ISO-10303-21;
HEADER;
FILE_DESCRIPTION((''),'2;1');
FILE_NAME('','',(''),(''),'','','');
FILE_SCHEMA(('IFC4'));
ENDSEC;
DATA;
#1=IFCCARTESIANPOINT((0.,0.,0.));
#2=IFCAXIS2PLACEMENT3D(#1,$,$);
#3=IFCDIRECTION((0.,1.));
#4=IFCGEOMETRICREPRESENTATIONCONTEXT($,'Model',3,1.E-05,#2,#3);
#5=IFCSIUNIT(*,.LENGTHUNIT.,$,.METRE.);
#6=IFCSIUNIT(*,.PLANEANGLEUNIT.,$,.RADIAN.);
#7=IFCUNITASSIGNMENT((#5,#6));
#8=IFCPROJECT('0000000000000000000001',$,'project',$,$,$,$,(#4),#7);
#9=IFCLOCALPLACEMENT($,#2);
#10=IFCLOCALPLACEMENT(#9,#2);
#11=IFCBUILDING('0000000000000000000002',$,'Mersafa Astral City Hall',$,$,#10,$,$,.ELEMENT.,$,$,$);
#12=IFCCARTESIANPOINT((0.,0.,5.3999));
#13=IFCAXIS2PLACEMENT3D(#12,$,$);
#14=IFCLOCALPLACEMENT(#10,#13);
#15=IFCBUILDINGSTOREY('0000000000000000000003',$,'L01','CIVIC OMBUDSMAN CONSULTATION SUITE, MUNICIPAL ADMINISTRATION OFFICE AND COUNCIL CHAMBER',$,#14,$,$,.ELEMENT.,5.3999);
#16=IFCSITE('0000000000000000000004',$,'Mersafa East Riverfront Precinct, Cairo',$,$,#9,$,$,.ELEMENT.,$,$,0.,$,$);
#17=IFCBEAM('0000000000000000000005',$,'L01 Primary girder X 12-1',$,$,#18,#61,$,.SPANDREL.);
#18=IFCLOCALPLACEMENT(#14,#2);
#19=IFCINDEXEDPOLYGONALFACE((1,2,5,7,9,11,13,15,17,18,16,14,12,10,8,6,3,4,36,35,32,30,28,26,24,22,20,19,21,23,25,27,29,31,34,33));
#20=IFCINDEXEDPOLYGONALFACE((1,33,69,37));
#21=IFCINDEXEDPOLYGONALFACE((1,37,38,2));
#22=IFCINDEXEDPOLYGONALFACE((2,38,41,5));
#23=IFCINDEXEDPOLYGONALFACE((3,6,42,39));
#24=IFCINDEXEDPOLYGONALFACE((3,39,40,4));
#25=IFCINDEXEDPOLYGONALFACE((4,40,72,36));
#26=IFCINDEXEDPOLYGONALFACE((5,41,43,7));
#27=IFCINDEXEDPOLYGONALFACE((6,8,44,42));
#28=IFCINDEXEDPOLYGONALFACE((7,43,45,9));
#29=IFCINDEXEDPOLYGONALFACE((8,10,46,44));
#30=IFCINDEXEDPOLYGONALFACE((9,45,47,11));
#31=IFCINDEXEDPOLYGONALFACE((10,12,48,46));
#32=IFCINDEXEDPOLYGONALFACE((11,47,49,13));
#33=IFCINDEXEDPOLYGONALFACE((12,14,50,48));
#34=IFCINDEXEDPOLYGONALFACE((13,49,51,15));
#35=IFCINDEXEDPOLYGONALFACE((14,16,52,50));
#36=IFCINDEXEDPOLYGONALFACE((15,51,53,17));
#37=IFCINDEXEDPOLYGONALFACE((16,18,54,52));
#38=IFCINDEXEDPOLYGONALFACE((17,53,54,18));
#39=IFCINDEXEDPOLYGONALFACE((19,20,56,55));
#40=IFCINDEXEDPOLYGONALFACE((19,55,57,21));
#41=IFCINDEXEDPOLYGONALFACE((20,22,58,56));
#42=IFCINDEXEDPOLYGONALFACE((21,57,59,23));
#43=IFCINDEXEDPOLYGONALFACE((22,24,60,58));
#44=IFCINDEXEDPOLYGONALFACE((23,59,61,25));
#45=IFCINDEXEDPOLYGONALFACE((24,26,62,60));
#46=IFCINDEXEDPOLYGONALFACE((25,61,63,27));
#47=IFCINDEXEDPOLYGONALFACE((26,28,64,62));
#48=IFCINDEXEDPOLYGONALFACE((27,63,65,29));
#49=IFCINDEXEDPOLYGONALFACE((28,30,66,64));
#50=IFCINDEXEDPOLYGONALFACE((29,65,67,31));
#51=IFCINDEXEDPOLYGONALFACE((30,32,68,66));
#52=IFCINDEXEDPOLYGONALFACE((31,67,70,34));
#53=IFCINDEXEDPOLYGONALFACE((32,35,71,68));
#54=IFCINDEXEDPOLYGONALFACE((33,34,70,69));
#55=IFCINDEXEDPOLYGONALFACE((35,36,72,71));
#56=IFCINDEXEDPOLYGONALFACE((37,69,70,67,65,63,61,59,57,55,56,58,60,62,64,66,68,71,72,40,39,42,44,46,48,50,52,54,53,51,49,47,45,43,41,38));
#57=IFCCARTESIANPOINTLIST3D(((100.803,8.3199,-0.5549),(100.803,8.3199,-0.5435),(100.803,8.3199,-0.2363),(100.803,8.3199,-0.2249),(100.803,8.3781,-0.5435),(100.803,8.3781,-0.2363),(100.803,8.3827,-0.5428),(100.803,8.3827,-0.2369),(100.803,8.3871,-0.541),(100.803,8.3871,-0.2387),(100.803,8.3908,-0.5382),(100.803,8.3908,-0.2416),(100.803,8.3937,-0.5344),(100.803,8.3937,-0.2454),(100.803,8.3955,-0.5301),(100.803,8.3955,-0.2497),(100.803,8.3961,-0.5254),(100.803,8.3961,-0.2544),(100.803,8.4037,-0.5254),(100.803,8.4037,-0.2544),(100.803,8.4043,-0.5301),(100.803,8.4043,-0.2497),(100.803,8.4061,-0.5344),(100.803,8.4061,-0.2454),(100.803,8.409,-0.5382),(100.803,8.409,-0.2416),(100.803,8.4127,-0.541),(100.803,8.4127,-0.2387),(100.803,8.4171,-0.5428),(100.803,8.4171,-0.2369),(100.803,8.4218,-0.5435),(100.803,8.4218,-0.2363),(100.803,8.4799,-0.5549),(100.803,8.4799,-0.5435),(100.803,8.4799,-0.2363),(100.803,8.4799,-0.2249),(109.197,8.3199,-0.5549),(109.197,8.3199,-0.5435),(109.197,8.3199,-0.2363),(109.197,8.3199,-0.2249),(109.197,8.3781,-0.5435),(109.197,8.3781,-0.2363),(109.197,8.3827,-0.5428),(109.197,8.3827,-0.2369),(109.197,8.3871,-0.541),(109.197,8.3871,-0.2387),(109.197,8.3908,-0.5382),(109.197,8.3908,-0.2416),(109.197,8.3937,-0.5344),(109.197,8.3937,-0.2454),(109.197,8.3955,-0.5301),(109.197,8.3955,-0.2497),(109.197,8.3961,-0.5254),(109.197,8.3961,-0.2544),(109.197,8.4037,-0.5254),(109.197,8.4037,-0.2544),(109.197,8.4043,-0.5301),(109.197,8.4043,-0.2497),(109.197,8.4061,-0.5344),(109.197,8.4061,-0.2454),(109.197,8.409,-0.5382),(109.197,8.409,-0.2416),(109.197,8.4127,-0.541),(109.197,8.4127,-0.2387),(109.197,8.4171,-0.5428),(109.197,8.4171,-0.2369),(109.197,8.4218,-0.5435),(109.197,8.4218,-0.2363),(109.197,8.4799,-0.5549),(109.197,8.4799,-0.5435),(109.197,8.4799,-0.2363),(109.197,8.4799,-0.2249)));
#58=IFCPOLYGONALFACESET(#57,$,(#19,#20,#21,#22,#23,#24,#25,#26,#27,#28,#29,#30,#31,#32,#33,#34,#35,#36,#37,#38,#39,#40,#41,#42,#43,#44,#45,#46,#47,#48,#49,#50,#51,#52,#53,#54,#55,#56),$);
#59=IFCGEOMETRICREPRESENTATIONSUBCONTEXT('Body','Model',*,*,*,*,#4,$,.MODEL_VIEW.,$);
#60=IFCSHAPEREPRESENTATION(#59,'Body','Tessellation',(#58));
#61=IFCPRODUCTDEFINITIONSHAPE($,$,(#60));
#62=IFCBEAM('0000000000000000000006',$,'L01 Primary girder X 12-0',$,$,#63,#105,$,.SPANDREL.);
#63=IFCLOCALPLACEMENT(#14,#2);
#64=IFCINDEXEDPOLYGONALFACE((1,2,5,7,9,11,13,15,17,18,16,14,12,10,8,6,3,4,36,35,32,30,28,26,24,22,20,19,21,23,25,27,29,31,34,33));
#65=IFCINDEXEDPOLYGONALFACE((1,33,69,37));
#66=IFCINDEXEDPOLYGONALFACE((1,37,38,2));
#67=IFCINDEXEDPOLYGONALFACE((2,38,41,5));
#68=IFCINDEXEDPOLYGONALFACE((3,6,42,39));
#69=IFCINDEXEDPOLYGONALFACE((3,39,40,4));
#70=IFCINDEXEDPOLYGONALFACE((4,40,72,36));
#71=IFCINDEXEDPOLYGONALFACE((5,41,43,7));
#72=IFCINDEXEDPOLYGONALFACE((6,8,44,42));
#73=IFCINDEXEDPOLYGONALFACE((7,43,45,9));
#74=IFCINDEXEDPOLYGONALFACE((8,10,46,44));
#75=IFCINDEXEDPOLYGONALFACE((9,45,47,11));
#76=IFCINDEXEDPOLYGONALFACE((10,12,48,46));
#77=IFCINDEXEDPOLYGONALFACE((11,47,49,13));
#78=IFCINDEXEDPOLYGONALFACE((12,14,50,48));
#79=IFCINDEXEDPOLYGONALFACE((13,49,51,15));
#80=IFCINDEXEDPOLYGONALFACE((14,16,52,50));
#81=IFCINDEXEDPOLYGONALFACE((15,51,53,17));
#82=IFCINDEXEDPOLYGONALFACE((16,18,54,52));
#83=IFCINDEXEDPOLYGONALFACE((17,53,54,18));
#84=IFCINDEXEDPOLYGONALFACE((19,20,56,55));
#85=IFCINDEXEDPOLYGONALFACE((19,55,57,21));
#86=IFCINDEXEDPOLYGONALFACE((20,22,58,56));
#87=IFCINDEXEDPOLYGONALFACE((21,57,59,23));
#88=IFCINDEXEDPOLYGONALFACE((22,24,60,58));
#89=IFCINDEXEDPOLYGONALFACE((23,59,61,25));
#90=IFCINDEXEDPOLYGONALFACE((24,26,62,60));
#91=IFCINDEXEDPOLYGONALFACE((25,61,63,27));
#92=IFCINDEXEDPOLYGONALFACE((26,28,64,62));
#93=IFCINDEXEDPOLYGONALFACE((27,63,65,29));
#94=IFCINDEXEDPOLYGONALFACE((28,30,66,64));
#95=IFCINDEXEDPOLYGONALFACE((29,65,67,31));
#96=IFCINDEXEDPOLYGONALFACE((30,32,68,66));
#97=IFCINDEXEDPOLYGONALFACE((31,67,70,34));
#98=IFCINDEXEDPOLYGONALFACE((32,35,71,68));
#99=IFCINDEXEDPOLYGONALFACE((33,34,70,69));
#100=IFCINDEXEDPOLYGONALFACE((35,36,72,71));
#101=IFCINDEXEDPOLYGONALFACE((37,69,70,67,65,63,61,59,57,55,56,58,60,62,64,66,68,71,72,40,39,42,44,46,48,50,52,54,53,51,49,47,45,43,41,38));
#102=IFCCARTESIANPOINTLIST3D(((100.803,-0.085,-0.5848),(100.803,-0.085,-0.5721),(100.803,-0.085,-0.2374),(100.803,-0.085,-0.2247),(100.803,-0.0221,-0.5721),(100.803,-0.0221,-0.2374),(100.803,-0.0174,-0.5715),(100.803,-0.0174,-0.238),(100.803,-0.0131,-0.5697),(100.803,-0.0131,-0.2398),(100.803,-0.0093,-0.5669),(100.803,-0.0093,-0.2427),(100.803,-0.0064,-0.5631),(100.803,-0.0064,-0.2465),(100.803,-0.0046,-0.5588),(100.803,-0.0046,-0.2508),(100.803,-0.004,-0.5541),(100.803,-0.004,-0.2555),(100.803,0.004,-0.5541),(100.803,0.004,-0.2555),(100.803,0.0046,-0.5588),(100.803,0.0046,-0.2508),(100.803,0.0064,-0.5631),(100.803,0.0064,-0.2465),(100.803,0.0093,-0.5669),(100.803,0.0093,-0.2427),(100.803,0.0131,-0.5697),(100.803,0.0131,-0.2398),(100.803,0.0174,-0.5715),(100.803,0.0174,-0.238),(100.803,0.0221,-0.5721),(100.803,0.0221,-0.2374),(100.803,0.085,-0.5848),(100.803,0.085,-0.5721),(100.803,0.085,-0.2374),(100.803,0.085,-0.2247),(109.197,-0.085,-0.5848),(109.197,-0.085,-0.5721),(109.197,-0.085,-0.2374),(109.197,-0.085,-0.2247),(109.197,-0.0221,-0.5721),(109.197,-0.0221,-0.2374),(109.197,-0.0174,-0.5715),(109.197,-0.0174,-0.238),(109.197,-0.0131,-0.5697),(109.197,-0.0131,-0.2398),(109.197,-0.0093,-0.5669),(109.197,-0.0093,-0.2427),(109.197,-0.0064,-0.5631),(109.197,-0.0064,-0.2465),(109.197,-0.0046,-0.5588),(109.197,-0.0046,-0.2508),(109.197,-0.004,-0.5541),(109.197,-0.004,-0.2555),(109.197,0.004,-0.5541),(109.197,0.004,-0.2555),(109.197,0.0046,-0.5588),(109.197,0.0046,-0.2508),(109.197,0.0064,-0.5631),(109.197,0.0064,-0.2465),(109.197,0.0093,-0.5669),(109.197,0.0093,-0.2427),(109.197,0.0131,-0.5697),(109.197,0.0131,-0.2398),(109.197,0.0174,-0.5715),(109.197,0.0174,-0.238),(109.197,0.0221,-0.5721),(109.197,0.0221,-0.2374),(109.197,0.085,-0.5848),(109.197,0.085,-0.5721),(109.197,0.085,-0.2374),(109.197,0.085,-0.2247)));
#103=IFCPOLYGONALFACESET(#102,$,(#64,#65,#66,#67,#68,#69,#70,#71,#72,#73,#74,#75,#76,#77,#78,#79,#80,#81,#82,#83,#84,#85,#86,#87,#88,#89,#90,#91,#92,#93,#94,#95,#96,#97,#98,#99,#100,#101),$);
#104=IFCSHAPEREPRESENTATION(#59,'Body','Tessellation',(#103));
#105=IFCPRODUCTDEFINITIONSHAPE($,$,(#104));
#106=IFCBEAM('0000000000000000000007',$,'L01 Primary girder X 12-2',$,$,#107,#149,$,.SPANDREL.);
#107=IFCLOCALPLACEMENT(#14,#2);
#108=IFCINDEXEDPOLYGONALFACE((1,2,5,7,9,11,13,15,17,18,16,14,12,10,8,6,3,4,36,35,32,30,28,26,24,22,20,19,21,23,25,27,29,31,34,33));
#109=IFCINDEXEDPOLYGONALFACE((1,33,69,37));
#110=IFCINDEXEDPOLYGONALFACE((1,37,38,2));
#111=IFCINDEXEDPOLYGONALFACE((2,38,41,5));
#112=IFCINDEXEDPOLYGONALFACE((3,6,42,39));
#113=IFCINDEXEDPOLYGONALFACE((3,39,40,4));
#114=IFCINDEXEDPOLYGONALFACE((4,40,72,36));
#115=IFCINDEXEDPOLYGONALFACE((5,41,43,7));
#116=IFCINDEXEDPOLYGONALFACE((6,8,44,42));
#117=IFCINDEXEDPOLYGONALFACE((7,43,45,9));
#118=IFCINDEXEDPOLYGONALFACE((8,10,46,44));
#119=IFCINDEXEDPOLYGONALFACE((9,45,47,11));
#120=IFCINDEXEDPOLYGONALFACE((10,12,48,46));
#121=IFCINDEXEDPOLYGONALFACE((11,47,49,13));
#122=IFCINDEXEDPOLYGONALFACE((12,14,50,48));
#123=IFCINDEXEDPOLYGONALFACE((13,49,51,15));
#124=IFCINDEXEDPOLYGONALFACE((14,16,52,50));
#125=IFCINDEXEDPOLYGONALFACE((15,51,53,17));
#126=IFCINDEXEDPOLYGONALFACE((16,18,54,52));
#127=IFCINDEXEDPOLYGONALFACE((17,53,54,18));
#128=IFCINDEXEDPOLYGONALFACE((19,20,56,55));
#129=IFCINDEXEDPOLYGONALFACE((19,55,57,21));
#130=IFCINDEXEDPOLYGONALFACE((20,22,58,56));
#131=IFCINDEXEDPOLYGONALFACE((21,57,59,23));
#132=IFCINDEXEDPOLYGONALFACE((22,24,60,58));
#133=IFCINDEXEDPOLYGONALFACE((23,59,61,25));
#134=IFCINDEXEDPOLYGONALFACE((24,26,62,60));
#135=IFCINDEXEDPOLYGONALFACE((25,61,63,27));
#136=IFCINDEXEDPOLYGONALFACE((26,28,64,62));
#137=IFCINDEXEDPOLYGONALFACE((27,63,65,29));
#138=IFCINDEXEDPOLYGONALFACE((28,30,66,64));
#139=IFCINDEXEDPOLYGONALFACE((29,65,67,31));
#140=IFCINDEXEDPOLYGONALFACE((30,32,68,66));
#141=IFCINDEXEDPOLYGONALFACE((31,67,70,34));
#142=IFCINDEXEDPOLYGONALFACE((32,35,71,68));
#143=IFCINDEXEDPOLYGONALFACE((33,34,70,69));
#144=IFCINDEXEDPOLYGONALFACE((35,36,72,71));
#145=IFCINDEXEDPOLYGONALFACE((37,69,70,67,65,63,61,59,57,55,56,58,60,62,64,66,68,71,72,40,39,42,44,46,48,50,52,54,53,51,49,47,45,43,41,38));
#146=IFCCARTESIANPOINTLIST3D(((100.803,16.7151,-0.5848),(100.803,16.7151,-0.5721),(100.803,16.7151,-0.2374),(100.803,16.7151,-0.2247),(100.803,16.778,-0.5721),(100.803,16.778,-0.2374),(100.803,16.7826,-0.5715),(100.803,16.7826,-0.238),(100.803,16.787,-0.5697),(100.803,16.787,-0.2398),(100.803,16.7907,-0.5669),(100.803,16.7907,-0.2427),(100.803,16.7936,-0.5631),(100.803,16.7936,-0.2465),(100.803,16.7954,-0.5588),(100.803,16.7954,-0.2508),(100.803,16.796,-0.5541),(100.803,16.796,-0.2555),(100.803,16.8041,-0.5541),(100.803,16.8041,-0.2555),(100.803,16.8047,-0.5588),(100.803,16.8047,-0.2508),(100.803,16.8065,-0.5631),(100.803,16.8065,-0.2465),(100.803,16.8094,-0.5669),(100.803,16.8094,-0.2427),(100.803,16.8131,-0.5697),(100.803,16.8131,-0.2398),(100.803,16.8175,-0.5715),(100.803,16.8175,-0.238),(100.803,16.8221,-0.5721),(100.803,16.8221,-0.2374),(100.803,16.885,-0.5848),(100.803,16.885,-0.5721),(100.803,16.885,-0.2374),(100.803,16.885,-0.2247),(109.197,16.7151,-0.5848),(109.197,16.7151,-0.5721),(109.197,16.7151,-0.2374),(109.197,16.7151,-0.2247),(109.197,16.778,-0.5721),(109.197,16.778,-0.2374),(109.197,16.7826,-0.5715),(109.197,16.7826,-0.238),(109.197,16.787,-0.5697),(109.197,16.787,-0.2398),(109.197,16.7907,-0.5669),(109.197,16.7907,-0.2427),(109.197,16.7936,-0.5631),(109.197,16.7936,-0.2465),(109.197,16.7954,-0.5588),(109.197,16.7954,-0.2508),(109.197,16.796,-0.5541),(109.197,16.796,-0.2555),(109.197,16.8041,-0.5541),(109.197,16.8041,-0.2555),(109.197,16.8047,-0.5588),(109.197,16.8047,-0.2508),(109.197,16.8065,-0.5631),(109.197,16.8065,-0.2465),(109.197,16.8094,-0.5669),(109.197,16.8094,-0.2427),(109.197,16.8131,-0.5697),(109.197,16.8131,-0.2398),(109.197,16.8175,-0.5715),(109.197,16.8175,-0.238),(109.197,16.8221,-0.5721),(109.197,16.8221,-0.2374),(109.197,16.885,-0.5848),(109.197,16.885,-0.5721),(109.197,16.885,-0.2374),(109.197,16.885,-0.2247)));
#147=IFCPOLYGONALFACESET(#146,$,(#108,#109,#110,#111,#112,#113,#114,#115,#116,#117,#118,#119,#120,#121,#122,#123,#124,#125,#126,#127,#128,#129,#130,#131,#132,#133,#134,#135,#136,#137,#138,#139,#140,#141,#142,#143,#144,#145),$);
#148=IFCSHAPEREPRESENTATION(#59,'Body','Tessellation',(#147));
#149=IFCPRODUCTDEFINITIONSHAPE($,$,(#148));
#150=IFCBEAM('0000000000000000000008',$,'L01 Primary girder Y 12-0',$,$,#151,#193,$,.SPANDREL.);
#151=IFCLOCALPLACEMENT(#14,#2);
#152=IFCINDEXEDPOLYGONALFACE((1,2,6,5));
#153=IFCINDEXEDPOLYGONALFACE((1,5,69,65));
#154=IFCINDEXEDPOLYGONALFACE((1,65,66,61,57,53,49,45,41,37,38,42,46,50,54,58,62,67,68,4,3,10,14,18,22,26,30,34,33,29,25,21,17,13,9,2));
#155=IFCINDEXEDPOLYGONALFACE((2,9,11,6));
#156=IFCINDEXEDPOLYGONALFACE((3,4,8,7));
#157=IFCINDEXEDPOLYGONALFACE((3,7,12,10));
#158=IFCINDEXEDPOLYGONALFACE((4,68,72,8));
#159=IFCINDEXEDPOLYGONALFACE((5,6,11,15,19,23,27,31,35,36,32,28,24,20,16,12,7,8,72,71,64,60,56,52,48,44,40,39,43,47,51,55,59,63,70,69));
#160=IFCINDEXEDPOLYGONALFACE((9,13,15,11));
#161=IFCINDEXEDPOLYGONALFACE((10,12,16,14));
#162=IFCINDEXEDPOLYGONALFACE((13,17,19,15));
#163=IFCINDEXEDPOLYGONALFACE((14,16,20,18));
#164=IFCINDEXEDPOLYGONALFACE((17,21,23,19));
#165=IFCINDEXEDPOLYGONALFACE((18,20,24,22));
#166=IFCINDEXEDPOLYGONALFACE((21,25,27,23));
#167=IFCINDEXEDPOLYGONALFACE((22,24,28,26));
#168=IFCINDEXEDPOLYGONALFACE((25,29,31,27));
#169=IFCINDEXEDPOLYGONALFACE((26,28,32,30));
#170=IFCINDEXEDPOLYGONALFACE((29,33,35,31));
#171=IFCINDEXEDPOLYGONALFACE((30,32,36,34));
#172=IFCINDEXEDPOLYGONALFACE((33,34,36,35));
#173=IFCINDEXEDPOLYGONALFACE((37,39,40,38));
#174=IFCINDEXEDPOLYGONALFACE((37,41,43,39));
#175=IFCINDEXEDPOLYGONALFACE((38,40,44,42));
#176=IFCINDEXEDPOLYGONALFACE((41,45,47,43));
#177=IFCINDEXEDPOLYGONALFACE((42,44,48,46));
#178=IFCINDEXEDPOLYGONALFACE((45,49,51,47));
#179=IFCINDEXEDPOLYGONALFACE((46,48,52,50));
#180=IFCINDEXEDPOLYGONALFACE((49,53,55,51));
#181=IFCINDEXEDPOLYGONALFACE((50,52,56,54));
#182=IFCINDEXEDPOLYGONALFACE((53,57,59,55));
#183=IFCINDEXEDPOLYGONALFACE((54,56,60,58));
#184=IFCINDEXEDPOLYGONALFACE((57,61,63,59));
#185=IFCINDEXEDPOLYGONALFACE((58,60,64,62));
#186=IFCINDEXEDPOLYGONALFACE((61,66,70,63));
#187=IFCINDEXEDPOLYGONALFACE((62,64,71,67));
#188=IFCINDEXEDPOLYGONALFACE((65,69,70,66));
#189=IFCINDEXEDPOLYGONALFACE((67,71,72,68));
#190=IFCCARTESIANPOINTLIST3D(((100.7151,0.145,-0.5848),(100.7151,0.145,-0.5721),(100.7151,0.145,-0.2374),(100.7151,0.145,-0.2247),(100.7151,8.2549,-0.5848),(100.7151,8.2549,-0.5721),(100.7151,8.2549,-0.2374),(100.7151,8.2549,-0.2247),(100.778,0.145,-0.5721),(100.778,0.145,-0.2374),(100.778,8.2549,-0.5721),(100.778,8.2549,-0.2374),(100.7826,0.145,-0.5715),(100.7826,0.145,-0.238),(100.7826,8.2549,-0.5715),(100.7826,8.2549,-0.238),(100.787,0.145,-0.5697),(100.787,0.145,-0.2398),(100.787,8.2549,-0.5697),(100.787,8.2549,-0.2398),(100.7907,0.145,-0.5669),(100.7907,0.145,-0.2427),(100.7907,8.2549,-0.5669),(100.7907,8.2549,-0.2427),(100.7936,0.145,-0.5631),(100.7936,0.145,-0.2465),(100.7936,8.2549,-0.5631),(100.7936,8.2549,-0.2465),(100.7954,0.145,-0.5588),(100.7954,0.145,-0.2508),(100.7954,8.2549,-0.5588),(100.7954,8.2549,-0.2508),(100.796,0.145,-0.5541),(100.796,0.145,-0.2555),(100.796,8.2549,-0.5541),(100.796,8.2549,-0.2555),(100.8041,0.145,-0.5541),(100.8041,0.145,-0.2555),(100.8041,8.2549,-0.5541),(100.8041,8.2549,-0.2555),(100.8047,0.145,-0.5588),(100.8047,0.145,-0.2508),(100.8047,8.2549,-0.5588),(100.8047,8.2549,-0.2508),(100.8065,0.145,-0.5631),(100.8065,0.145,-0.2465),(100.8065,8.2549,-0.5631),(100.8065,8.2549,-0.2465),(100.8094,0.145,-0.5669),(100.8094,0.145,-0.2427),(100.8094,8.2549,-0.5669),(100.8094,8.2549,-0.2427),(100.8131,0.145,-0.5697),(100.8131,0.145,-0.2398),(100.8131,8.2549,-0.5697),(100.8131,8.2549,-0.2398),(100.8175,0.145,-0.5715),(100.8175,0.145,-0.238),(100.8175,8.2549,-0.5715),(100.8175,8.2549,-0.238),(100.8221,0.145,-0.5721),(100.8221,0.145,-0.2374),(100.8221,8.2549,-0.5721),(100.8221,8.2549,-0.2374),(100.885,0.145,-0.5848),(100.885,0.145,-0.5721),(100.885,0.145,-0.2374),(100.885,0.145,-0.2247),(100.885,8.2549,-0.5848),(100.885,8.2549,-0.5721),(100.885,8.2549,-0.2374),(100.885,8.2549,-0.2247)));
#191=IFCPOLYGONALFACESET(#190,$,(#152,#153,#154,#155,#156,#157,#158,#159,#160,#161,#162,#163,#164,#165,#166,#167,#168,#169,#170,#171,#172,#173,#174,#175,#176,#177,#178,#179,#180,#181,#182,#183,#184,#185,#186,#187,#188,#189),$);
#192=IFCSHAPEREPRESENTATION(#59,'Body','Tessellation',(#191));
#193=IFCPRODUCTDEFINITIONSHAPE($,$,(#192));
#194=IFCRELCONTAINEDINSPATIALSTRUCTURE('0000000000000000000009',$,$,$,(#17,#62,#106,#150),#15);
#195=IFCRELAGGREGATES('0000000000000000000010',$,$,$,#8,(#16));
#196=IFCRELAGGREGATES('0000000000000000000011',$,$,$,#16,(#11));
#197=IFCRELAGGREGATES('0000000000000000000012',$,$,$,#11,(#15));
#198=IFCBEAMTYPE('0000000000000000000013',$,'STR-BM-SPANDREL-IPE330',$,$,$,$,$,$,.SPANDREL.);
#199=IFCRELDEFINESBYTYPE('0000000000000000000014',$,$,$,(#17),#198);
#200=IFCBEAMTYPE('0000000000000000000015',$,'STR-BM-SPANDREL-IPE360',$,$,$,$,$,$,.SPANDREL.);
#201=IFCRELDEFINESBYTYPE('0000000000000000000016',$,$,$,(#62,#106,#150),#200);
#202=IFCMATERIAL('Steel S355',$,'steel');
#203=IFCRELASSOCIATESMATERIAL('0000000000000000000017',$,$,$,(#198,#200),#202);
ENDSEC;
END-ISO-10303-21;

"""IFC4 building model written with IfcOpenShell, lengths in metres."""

from ifc_helpers import new_model, si_unit, direction, frame, origin, origin_2d, place, context, subcontext, project, spatial, i_section, extrude, material, material_profile, profile_set, type_object, element, save


model = new_model("IFC4")

# Units and contexts
model_context = context("Model", 3, precision=1e-05, world=origin(), true_north=direction((0.0, 1.0)))
body_context = subcontext(model_context, "Body", "Model", "MODEL_VIEW")
ifc_project = project(units=[si_unit("LENGTHUNIT", "METRE"), si_unit("PLANEANGLEUNIT", "RADIAN")], contexts=[model_context])

# Site, building, storey
site_placement = place(None, origin())
site = spatial("IfcSite", under=ifc_project, at=site_placement, Name="Mersafa East Riverfront Precinct, Cairo", CompositionType="ELEMENT", RefElevation=0.0)
building_placement = place(site_placement, origin())
building = spatial("IfcBuilding", under=site, at=building_placement, Name="Mersafa Astral City Hall", CompositionType="ELEMENT")
storey_placement = place(building_placement, frame((0.0, 0.0, 5.3999)))
storey = spatial("IfcBuildingStorey", under=building, at=storey_placement, Name="L01", Description="CIVIC OMBUDSMAN CONSULTATION SUITE, MUNICIPAL ADMINISTRATION OFFICE AND COUNCIL CHAMBER", CompositionType="ELEMENT", Elevation=5.3999)

# Shared definitions
ifc_material_1 = material(Name="Steel S355", Category="steel")

# Beams
ifc_material_profile_1 = material_profile(ifc_material_1, i_section(OverallWidth=0.1599, OverallDepth=0.3301, WebThickness=0.0076, FlangeThickness=0.0115, FilletRadius=0.0181, at=origin_2d()), Name="IPE 330")
ifc_profile_set_1 = profile_set([ifc_material_profile_1], Name="Steel S355")
beam_type_1 = type_object("IfcBeamType", Name="STR-BM-SPANDREL-IPE330", PredefinedType="SPANDREL", material=ifc_profile_set_1)
beam_1_placement = place(storey_placement, frame((100.803, 8.3999, -0.3899), z_axis=(1.0, 0.0, 0.0), x_axis=(0.0, 1.0, 0.0)))
element("IfcBeam", 1, at=beam_1_placement, inside=storey, type_object=beam_type_1, Name="L01 Primary girder X 12-1", PredefinedType="SPANDREL", context=body_context, shape_type="SweptSolid", body=[
    extrude(i_section(OverallWidth=0.1599, OverallDepth=0.3301, WebThickness=0.0076, FlangeThickness=0.0115, FilletRadius=0.0181, at=origin_2d()), origin(), (0.0, 0.0, 1.0), 8.394),
])
ifc_material_profile_2 = material_profile(ifc_material_1, i_section(OverallWidth=0.1699, OverallDepth=0.3601, WebThickness=0.0081, FlangeThickness=0.0127, FilletRadius=0.0181, at=origin_2d()), Name="IPE 360")
ifc_profile_set_2 = profile_set([ifc_material_profile_2], Name="Steel S355")
beam_type_2 = type_object("IfcBeamType", Name="STR-BM-SPANDREL-IPE360", PredefinedType="SPANDREL", material=ifc_profile_set_2)
for number, where, z_axis, x_axis, name in (
    (2, (100.803, 0.0, -0.4048), (1.0, 0.0, 0.0), (0.0, 1.0, 0.0), "L01 Primary girder X 12-0"),
    (3, (100.803, 16.8, -0.4048), (1.0, 0.0, 0.0), (0.0, 1.0, 0.0), "L01 Primary girder X 12-2"),
):
    element("IfcBeam", number, at=place(storey_placement, frame(where, z_axis=z_axis, x_axis=x_axis)), inside=storey, type_object=beam_type_2, Name=name, PredefinedType="SPANDREL", context=body_context, shape_type="SweptSolid", body=[
        extrude(i_section(OverallWidth=0.1699, OverallDepth=0.3601, WebThickness=0.0081, FlangeThickness=0.0127, FilletRadius=0.0181, at=origin_2d()), origin(), (0.0, 0.0, 1.0), 8.394),
    ])
beam_2_placement = place(storey_placement, frame((100.8, 0.145, -0.4048), z_axis=(0.0, 1.0, 0.0), x_axis=(-1.0, 0.0, 0.0)))
element("IfcBeam", 4, at=beam_2_placement, inside=storey, type_object=beam_type_2, Name="L01 Primary girder Y 12-0", PredefinedType="SPANDREL", context=body_context, shape_type="SweptSolid", body=[
    extrude(i_section(OverallWidth=0.1699, OverallDepth=0.3601, WebThickness=0.0081, FlangeThickness=0.0127, FilletRadius=0.0181, at=origin_2d()), origin(), (0.0, 0.0, 1.0), 8.1099),
])

save(model, "model.ifc")
